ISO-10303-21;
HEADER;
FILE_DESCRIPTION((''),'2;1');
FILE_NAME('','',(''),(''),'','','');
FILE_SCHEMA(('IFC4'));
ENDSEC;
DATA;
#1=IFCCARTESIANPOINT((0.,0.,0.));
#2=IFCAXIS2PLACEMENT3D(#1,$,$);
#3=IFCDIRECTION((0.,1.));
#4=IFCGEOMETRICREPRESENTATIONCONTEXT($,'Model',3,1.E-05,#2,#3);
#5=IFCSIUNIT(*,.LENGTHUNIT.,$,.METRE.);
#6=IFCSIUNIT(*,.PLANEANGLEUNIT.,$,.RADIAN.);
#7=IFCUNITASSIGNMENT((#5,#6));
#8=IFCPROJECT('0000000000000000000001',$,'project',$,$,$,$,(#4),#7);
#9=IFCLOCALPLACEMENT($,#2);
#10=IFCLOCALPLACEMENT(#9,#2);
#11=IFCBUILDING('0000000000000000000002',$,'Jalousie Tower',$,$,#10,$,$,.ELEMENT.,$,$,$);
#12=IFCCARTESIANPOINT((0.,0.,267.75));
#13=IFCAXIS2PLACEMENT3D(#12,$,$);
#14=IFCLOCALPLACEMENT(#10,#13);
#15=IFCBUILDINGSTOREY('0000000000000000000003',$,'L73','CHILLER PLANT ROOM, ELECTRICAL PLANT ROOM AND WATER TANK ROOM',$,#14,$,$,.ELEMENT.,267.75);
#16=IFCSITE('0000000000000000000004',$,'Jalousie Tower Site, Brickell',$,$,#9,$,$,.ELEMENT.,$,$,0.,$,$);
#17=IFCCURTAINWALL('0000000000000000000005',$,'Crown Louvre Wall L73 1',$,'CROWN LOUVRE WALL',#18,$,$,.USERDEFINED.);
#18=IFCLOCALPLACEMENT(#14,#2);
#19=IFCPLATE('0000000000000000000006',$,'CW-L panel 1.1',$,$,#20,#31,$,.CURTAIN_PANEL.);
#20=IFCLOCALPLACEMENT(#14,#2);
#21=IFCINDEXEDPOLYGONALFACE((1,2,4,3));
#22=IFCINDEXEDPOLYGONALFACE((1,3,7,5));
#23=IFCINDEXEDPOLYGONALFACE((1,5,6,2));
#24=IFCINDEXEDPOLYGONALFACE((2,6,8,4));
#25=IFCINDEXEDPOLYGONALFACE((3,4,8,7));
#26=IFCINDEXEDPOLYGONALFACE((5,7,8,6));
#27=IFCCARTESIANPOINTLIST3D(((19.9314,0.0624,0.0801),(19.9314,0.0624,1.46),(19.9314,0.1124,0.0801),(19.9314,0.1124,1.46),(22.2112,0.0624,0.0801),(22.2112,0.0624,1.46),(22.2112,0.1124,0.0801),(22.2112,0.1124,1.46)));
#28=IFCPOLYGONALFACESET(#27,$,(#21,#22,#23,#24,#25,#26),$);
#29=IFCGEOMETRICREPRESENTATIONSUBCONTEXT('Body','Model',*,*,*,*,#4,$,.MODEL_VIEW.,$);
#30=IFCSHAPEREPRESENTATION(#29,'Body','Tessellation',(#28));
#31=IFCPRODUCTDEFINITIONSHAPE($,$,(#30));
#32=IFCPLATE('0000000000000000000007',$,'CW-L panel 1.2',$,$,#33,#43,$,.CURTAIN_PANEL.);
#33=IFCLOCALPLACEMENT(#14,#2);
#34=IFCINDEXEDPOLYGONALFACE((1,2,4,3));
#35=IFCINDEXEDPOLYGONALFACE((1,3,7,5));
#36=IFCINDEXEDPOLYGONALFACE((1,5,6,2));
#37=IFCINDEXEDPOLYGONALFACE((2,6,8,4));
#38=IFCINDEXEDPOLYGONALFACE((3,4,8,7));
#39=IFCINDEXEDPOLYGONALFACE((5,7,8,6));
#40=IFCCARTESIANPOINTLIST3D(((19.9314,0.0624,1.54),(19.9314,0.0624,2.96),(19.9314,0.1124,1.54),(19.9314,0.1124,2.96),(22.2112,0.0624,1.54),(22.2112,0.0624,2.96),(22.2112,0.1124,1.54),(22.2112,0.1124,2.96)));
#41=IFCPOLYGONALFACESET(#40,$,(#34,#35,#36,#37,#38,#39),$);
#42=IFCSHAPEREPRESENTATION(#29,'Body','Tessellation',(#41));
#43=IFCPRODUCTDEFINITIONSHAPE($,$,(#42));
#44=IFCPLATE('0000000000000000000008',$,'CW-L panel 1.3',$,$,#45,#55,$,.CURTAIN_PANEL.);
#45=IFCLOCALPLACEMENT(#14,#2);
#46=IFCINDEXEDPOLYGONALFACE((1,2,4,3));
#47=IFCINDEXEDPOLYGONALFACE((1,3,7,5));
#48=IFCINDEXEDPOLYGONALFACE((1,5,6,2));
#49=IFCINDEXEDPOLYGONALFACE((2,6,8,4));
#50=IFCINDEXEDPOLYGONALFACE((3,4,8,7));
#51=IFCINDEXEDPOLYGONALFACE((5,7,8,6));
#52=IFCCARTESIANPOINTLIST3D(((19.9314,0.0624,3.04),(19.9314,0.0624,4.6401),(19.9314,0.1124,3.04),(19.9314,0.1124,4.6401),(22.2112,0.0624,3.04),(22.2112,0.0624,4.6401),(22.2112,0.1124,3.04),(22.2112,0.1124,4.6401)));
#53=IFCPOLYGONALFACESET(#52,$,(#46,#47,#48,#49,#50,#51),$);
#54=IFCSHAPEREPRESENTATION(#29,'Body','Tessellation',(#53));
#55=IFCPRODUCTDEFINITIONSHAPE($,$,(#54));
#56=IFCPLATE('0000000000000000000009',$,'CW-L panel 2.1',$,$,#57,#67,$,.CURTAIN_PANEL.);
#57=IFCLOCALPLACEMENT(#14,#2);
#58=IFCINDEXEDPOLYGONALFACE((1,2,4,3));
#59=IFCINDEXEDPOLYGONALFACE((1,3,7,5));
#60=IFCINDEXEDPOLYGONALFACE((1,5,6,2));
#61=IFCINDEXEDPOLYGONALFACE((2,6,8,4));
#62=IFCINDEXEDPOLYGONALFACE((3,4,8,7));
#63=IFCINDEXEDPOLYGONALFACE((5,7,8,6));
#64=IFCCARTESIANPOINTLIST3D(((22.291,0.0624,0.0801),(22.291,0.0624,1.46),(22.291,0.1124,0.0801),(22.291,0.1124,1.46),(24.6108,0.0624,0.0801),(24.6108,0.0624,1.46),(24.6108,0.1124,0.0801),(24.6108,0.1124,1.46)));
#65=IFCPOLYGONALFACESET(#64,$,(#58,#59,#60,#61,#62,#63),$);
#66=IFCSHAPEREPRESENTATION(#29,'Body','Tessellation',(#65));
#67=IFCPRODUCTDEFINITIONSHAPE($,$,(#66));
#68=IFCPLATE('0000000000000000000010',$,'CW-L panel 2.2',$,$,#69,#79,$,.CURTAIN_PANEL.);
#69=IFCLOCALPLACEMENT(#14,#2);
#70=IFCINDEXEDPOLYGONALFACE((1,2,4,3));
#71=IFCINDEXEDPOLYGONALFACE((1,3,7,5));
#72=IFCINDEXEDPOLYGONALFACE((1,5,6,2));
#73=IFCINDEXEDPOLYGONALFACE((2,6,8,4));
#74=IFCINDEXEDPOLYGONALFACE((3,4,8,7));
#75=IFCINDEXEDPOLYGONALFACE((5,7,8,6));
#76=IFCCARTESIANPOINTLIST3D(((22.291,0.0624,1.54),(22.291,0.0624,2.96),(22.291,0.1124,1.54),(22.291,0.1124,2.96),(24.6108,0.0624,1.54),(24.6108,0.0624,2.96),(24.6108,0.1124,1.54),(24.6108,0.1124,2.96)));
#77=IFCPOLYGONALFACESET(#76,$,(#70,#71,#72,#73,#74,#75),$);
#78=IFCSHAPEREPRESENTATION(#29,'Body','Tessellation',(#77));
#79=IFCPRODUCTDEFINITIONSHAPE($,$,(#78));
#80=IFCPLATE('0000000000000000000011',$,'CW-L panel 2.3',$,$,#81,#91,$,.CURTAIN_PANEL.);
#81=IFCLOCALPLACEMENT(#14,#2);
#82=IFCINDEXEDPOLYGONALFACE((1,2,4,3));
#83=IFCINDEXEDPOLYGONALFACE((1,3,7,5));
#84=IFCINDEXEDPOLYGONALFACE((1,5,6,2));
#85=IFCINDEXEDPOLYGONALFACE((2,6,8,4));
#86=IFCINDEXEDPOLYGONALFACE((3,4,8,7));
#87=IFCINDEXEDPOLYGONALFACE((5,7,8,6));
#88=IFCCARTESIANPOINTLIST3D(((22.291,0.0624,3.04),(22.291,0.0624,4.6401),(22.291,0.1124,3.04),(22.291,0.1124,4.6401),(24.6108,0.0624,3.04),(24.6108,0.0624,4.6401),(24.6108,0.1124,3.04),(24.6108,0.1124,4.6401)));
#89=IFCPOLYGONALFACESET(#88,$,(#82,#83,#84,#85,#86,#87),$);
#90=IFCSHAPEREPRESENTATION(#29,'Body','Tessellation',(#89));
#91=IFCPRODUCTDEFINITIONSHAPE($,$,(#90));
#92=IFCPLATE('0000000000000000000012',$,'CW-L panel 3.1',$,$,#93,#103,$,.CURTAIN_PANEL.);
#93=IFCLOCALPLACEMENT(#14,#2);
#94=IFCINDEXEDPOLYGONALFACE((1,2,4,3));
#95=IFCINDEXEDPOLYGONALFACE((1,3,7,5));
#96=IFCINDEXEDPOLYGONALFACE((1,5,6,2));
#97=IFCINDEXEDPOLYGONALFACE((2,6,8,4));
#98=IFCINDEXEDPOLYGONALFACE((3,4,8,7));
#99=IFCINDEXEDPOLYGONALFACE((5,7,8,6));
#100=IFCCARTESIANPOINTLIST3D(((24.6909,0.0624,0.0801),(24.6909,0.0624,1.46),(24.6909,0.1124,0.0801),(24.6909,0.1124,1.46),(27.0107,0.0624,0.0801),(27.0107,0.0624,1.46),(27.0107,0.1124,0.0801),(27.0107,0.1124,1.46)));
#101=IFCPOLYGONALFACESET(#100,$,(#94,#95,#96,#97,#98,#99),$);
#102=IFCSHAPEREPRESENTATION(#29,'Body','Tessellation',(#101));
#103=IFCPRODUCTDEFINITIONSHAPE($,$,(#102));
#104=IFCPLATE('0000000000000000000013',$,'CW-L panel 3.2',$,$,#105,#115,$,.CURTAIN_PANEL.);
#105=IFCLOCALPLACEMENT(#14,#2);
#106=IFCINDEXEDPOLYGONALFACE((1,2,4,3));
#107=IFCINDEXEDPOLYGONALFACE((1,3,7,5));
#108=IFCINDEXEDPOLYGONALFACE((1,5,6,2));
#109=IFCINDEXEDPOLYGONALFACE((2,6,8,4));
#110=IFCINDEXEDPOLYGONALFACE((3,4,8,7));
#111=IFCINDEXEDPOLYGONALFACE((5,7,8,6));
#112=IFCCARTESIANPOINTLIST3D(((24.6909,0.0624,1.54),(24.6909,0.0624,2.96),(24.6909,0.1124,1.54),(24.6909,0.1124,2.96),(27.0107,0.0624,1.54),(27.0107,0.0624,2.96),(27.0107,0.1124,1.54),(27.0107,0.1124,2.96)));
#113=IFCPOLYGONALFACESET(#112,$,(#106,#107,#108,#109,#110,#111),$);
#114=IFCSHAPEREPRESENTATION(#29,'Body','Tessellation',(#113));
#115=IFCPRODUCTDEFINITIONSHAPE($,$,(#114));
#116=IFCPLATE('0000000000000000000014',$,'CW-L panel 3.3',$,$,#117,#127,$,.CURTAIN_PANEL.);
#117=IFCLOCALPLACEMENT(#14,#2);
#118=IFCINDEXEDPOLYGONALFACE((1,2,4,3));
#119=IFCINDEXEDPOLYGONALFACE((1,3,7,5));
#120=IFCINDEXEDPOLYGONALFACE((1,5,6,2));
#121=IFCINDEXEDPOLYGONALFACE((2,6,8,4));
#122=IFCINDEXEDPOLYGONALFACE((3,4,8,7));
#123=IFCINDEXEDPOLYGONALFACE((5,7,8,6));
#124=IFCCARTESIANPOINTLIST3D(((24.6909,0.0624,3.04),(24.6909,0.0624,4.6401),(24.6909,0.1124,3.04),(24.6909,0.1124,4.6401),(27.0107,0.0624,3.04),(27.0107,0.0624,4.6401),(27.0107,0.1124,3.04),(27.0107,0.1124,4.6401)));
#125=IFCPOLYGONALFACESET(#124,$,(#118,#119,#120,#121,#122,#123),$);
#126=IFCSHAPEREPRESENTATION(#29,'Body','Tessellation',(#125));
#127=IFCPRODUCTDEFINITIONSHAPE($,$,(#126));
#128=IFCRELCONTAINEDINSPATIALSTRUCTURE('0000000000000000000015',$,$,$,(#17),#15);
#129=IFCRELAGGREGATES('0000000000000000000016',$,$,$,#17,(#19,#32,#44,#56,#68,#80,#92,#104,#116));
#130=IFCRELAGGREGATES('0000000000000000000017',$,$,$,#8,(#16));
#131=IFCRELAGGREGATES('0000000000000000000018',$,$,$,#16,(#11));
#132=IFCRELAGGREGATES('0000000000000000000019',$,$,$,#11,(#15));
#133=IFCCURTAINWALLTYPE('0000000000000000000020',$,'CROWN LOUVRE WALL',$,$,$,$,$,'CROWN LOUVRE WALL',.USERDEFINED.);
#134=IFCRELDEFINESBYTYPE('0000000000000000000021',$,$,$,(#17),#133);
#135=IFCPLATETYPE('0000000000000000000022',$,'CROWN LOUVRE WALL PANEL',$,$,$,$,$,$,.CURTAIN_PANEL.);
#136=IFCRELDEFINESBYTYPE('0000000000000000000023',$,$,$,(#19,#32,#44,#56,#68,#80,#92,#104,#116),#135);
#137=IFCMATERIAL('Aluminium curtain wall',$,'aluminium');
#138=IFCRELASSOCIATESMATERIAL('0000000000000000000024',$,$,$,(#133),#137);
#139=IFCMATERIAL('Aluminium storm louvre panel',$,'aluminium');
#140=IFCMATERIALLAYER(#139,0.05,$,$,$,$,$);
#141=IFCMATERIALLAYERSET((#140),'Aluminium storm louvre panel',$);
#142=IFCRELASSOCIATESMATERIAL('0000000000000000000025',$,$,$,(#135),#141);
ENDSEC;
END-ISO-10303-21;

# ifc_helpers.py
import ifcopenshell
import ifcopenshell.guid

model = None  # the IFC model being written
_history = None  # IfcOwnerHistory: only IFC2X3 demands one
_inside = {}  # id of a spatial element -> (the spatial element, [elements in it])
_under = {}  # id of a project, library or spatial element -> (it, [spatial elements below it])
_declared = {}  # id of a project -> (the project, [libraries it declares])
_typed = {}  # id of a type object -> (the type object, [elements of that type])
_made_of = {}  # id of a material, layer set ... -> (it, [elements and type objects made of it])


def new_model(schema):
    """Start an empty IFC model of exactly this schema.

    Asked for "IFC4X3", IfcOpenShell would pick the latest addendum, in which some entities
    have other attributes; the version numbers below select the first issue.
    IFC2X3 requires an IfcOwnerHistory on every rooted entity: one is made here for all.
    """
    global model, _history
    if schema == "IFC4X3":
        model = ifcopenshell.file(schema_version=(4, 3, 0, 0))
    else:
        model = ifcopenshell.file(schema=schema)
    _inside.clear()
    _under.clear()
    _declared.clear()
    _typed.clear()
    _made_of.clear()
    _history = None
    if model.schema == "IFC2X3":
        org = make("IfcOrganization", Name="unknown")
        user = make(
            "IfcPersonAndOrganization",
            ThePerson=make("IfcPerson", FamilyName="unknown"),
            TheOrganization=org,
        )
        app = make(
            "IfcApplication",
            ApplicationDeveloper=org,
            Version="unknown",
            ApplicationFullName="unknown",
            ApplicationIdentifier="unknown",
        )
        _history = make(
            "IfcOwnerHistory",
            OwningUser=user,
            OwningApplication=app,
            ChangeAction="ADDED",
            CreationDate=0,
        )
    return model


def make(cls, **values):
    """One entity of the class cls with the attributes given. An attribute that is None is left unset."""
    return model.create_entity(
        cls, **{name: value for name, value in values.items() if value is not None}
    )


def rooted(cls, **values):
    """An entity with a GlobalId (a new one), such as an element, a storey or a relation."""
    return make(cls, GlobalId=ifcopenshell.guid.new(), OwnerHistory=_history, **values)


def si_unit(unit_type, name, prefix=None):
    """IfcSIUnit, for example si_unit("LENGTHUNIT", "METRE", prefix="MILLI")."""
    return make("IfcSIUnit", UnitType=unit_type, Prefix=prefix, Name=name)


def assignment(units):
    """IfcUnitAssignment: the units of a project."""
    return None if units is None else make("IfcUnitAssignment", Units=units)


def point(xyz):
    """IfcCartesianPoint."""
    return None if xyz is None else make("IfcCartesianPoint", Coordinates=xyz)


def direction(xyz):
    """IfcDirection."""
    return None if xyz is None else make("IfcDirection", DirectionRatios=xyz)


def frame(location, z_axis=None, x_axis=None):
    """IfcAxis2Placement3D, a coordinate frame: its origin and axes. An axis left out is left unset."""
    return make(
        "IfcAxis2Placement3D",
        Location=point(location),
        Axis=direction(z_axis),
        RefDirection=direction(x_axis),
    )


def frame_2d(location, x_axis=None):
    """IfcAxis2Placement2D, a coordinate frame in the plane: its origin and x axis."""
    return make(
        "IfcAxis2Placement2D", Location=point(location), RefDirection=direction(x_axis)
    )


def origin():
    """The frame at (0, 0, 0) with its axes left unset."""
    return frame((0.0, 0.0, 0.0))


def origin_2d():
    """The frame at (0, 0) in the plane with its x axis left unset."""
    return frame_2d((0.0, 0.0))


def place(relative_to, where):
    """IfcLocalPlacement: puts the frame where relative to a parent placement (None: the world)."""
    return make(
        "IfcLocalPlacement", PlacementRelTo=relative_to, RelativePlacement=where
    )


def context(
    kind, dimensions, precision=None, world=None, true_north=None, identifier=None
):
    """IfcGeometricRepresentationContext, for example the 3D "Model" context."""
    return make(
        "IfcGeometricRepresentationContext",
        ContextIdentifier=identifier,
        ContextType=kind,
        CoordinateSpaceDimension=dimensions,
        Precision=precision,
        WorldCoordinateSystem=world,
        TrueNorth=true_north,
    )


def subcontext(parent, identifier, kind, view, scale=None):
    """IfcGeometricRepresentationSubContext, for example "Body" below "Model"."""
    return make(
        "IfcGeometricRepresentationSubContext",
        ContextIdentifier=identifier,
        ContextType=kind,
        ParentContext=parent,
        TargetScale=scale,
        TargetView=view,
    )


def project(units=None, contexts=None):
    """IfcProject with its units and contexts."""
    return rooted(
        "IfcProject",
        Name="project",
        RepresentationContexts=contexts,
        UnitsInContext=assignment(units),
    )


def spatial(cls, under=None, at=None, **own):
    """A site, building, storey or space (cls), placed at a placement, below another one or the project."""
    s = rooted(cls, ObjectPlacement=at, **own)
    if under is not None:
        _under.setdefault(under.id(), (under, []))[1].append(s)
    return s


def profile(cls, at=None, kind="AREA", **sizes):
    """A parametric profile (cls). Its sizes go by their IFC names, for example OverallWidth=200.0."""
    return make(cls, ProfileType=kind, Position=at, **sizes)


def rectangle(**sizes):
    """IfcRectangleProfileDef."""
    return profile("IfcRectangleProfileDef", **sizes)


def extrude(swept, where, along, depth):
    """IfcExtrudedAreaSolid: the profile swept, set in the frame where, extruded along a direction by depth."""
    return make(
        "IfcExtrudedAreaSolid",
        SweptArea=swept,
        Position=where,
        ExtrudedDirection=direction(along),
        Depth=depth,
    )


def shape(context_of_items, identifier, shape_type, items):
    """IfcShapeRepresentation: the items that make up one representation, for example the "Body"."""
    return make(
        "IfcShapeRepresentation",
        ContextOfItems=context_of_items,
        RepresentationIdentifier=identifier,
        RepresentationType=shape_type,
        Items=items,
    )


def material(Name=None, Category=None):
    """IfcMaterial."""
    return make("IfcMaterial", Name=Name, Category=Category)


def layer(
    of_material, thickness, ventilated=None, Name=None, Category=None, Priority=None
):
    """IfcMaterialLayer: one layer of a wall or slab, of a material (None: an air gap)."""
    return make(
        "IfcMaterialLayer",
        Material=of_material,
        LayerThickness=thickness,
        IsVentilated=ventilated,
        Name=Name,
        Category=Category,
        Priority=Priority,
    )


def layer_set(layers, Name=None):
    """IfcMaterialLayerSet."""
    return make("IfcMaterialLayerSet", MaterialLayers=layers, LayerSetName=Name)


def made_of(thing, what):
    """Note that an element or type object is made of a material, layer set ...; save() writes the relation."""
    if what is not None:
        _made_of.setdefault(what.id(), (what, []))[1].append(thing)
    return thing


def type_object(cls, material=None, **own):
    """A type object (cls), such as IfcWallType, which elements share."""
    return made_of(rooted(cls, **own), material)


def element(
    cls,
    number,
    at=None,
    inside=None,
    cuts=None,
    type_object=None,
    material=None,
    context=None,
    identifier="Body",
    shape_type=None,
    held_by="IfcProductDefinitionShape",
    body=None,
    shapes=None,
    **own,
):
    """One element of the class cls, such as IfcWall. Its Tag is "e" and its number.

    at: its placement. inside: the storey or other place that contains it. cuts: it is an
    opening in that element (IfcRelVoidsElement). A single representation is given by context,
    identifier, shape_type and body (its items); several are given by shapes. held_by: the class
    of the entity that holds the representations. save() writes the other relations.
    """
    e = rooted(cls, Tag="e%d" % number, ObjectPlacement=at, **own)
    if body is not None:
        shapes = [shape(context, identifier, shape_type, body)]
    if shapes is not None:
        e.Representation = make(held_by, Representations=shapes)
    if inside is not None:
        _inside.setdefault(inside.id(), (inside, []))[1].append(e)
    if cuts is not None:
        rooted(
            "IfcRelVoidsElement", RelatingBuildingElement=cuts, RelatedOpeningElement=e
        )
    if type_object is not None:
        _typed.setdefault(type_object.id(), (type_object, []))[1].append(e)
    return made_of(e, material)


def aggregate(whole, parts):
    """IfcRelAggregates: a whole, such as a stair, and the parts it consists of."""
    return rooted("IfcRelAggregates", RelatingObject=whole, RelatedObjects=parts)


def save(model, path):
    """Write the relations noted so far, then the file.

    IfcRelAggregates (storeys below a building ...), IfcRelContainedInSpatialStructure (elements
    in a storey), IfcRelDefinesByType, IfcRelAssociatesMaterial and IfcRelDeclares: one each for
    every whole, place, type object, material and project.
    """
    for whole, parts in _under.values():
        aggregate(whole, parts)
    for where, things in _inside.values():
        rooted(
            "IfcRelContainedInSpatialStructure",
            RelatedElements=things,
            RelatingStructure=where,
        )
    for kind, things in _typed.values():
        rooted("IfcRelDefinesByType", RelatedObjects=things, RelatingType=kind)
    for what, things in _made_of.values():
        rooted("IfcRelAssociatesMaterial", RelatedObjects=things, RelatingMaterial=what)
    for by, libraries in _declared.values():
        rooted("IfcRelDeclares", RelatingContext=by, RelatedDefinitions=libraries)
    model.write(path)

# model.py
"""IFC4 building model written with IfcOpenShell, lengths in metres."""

from ifc_helpers import new_model, si_unit, direction, frame, origin, origin_2d, place, context, subcontext, project, spatial, rectangle, extrude, material, layer, layer_set, type_object, element, aggregate, save


model = new_model("IFC4")

# Units and contexts
model_context = context("Model", 3, precision=1e-05, world=origin(), true_north=direction((0.0, 1.0)))
body_context = subcontext(model_context, "Body", "Model", "MODEL_VIEW")
ifc_project = project(units=[si_unit("LENGTHUNIT", "METRE"), si_unit("PLANEANGLEUNIT", "RADIAN")], contexts=[model_context])

# Site, building, storey
site_placement = place(None, origin())
site = spatial("IfcSite", under=ifc_project, at=site_placement, Name="Jalousie Tower Site, Brickell", CompositionType="ELEMENT", RefElevation=0.0)
building_placement = place(site_placement, origin())
building = spatial("IfcBuilding", under=site, at=building_placement, Name="Jalousie Tower", CompositionType="ELEMENT")
storey_placement = place(building_placement, frame((0.0, 0.0, 267.75)))
storey = spatial("IfcBuildingStorey", under=building, at=storey_placement, Name="L73", Description="CHILLER PLANT ROOM, ELECTRICAL PLANT ROOM AND WATER TANK ROOM", CompositionType="ELEMENT", Elevation=267.75)

# Curtain wall
ifc_material_1 = material(Name="Aluminium curtain wall", Category="aluminium")
curtain_wall_type = type_object("IfcCurtainWallType", Name="CROWN LOUVRE WALL", ElementType="CROWN LOUVRE WALL", PredefinedType="USERDEFINED", material=ifc_material_1)
curtain_wall_placement = place(storey_placement, origin())
curtain_wall = element("IfcCurtainWall", 1, at=curtain_wall_placement, inside=storey, type_object=curtain_wall_type, Name="Crown Louvre Wall L73 1", ObjectType="CROWN LOUVRE WALL", PredefinedType="USERDEFINED")

# Plates
ifc_material_2 = material(Name="Aluminium storm louvre panel", Category="aluminium")
ifc_layer = layer(ifc_material_2, 0.05)
ifc_layer_set = layer_set([ifc_layer], Name="Aluminium storm louvre panel")
plate_type = type_object("IfcPlateType", Name="CROWN LOUVRE WALL PANEL", PredefinedType="CURTAIN_PANEL", material=ifc_layer_set)
plate_1_placement = place(storey_placement, frame((21.0713, 0.0874, 0.0801), z_axis=(0.0, 0.0, 1.0), x_axis=(1.0, 0.0, 0.0)))
plate_1 = element("IfcPlate", 2, at=plate_1_placement, type_object=plate_type, Name="CW-L panel 1.1", PredefinedType="CURTAIN_PANEL", context=body_context, shape_type="SweptSolid", body=[
    extrude(rectangle(XDim=2.2798, YDim=0.05, at=origin_2d()), origin(), (0.0, 0.0, 1.0), 1.3799),
])
plate_2_placement = place(storey_placement, frame((21.0713, 0.0874, 1.54), z_axis=(0.0, 0.0, 1.0), x_axis=(1.0, 0.0, 0.0)))
plate_2 = element("IfcPlate", 3, at=plate_2_placement, type_object=plate_type, Name="CW-L panel 1.2", PredefinedType="CURTAIN_PANEL", context=body_context, shape_type="SweptSolid", body=[
    extrude(rectangle(XDim=2.2798, YDim=0.05, at=origin_2d()), origin(), (0.0, 0.0, 1.0), 1.4199),
])
plate_3_placement = place(storey_placement, frame((21.0713, 0.0874, 3.04), z_axis=(0.0, 0.0, 1.0), x_axis=(1.0, 0.0, 0.0)))
plate_3 = element("IfcPlate", 4, at=plate_3_placement, type_object=plate_type, Name="CW-L panel 1.3", PredefinedType="CURTAIN_PANEL", context=body_context, shape_type="SweptSolid", body=[
    extrude(rectangle(XDim=2.2798, YDim=0.05, at=origin_2d()), origin(), (0.0, 0.0, 1.0), 1.6001),
])
plate_4_placement = place(storey_placement, frame((23.4509, 0.0874, 0.0801), z_axis=(0.0, 0.0, 1.0), x_axis=(1.0, 0.0, 0.0)))
plate_4 = element("IfcPlate", 5, at=plate_4_placement, type_object=plate_type, Name="CW-L panel 2.1", PredefinedType="CURTAIN_PANEL", context=body_context, shape_type="SweptSolid", body=[
    extrude(rectangle(XDim=2.3198, YDim=0.05, at=origin_2d()), origin(), (0.0, 0.0, 1.0), 1.3799),
])
plate_5_placement = place(storey_placement, frame((23.4509, 0.0874, 1.54), z_axis=(0.0, 0.0, 1.0), x_axis=(1.0, 0.0, 0.0)))
plate_5 = element("IfcPlate", 6, at=plate_5_placement, type_object=plate_type, Name="CW-L panel 2.2", PredefinedType="CURTAIN_PANEL", context=body_context, shape_type="SweptSolid", body=[
    extrude(rectangle(XDim=2.3198, YDim=0.05, at=origin_2d()), origin(), (0.0, 0.0, 1.0), 1.4199),
])
plate_6_placement = place(storey_placement, frame((23.4509, 0.0874, 3.04), z_axis=(0.0, 0.0, 1.0), x_axis=(1.0, 0.0, 0.0)))
plate_6 = element("IfcPlate", 7, at=plate_6_placement, type_object=plate_type, Name="CW-L panel 2.3", PredefinedType="CURTAIN_PANEL", context=body_context, shape_type="SweptSolid", body=[
    extrude(rectangle(XDim=2.3198, YDim=0.05, at=origin_2d()), origin(), (0.0, 0.0, 1.0), 1.6001),
])
plate_7_placement = place(storey_placement, frame((25.8508, 0.0874, 0.0801), z_axis=(0.0, 0.0, 1.0), x_axis=(1.0, 0.0, 0.0)))
plate_7 = element("IfcPlate", 8, at=plate_7_placement, type_object=plate_type, Name="CW-L panel 3.1", PredefinedType="CURTAIN_PANEL", context=body_context, shape_type="SweptSolid", body=[
    extrude(rectangle(XDim=2.3198, YDim=0.05, at=origin_2d()), origin(), (0.0, 0.0, 1.0), 1.3799),
])
plate_8_placement = place(storey_placement, frame((25.8508, 0.0874, 1.54), z_axis=(0.0, 0.0, 1.0), x_axis=(1.0, 0.0, 0.0)))
plate_8 = element("IfcPlate", 9, at=plate_8_placement, type_object=plate_type, Name="CW-L panel 3.2", PredefinedType="CURTAIN_PANEL", context=body_context, shape_type="SweptSolid", body=[
    extrude(rectangle(XDim=2.3198, YDim=0.05, at=origin_2d()), origin(), (0.0, 0.0, 1.0), 1.4199),
])
plate_9_placement = place(storey_placement, frame((25.8508, 0.0874, 3.04), z_axis=(0.0, 0.0, 1.0), x_axis=(1.0, 0.0, 0.0)))
plate_9 = element("IfcPlate", 10, at=plate_9_placement, type_object=plate_type, Name="CW-L panel 3.3", PredefinedType="CURTAIN_PANEL", context=body_context, shape_type="SweptSolid", body=[
    extrude(rectangle(XDim=2.3198, YDim=0.05, at=origin_2d()), origin(), (0.0, 0.0, 1.0), 1.6001),
])
aggregate(curtain_wall, [plate_1, plate_2, plate_3, plate_4, plate_5, plate_6, plate_7, plate_8, plate_9])

save(model, "model.ifc")
